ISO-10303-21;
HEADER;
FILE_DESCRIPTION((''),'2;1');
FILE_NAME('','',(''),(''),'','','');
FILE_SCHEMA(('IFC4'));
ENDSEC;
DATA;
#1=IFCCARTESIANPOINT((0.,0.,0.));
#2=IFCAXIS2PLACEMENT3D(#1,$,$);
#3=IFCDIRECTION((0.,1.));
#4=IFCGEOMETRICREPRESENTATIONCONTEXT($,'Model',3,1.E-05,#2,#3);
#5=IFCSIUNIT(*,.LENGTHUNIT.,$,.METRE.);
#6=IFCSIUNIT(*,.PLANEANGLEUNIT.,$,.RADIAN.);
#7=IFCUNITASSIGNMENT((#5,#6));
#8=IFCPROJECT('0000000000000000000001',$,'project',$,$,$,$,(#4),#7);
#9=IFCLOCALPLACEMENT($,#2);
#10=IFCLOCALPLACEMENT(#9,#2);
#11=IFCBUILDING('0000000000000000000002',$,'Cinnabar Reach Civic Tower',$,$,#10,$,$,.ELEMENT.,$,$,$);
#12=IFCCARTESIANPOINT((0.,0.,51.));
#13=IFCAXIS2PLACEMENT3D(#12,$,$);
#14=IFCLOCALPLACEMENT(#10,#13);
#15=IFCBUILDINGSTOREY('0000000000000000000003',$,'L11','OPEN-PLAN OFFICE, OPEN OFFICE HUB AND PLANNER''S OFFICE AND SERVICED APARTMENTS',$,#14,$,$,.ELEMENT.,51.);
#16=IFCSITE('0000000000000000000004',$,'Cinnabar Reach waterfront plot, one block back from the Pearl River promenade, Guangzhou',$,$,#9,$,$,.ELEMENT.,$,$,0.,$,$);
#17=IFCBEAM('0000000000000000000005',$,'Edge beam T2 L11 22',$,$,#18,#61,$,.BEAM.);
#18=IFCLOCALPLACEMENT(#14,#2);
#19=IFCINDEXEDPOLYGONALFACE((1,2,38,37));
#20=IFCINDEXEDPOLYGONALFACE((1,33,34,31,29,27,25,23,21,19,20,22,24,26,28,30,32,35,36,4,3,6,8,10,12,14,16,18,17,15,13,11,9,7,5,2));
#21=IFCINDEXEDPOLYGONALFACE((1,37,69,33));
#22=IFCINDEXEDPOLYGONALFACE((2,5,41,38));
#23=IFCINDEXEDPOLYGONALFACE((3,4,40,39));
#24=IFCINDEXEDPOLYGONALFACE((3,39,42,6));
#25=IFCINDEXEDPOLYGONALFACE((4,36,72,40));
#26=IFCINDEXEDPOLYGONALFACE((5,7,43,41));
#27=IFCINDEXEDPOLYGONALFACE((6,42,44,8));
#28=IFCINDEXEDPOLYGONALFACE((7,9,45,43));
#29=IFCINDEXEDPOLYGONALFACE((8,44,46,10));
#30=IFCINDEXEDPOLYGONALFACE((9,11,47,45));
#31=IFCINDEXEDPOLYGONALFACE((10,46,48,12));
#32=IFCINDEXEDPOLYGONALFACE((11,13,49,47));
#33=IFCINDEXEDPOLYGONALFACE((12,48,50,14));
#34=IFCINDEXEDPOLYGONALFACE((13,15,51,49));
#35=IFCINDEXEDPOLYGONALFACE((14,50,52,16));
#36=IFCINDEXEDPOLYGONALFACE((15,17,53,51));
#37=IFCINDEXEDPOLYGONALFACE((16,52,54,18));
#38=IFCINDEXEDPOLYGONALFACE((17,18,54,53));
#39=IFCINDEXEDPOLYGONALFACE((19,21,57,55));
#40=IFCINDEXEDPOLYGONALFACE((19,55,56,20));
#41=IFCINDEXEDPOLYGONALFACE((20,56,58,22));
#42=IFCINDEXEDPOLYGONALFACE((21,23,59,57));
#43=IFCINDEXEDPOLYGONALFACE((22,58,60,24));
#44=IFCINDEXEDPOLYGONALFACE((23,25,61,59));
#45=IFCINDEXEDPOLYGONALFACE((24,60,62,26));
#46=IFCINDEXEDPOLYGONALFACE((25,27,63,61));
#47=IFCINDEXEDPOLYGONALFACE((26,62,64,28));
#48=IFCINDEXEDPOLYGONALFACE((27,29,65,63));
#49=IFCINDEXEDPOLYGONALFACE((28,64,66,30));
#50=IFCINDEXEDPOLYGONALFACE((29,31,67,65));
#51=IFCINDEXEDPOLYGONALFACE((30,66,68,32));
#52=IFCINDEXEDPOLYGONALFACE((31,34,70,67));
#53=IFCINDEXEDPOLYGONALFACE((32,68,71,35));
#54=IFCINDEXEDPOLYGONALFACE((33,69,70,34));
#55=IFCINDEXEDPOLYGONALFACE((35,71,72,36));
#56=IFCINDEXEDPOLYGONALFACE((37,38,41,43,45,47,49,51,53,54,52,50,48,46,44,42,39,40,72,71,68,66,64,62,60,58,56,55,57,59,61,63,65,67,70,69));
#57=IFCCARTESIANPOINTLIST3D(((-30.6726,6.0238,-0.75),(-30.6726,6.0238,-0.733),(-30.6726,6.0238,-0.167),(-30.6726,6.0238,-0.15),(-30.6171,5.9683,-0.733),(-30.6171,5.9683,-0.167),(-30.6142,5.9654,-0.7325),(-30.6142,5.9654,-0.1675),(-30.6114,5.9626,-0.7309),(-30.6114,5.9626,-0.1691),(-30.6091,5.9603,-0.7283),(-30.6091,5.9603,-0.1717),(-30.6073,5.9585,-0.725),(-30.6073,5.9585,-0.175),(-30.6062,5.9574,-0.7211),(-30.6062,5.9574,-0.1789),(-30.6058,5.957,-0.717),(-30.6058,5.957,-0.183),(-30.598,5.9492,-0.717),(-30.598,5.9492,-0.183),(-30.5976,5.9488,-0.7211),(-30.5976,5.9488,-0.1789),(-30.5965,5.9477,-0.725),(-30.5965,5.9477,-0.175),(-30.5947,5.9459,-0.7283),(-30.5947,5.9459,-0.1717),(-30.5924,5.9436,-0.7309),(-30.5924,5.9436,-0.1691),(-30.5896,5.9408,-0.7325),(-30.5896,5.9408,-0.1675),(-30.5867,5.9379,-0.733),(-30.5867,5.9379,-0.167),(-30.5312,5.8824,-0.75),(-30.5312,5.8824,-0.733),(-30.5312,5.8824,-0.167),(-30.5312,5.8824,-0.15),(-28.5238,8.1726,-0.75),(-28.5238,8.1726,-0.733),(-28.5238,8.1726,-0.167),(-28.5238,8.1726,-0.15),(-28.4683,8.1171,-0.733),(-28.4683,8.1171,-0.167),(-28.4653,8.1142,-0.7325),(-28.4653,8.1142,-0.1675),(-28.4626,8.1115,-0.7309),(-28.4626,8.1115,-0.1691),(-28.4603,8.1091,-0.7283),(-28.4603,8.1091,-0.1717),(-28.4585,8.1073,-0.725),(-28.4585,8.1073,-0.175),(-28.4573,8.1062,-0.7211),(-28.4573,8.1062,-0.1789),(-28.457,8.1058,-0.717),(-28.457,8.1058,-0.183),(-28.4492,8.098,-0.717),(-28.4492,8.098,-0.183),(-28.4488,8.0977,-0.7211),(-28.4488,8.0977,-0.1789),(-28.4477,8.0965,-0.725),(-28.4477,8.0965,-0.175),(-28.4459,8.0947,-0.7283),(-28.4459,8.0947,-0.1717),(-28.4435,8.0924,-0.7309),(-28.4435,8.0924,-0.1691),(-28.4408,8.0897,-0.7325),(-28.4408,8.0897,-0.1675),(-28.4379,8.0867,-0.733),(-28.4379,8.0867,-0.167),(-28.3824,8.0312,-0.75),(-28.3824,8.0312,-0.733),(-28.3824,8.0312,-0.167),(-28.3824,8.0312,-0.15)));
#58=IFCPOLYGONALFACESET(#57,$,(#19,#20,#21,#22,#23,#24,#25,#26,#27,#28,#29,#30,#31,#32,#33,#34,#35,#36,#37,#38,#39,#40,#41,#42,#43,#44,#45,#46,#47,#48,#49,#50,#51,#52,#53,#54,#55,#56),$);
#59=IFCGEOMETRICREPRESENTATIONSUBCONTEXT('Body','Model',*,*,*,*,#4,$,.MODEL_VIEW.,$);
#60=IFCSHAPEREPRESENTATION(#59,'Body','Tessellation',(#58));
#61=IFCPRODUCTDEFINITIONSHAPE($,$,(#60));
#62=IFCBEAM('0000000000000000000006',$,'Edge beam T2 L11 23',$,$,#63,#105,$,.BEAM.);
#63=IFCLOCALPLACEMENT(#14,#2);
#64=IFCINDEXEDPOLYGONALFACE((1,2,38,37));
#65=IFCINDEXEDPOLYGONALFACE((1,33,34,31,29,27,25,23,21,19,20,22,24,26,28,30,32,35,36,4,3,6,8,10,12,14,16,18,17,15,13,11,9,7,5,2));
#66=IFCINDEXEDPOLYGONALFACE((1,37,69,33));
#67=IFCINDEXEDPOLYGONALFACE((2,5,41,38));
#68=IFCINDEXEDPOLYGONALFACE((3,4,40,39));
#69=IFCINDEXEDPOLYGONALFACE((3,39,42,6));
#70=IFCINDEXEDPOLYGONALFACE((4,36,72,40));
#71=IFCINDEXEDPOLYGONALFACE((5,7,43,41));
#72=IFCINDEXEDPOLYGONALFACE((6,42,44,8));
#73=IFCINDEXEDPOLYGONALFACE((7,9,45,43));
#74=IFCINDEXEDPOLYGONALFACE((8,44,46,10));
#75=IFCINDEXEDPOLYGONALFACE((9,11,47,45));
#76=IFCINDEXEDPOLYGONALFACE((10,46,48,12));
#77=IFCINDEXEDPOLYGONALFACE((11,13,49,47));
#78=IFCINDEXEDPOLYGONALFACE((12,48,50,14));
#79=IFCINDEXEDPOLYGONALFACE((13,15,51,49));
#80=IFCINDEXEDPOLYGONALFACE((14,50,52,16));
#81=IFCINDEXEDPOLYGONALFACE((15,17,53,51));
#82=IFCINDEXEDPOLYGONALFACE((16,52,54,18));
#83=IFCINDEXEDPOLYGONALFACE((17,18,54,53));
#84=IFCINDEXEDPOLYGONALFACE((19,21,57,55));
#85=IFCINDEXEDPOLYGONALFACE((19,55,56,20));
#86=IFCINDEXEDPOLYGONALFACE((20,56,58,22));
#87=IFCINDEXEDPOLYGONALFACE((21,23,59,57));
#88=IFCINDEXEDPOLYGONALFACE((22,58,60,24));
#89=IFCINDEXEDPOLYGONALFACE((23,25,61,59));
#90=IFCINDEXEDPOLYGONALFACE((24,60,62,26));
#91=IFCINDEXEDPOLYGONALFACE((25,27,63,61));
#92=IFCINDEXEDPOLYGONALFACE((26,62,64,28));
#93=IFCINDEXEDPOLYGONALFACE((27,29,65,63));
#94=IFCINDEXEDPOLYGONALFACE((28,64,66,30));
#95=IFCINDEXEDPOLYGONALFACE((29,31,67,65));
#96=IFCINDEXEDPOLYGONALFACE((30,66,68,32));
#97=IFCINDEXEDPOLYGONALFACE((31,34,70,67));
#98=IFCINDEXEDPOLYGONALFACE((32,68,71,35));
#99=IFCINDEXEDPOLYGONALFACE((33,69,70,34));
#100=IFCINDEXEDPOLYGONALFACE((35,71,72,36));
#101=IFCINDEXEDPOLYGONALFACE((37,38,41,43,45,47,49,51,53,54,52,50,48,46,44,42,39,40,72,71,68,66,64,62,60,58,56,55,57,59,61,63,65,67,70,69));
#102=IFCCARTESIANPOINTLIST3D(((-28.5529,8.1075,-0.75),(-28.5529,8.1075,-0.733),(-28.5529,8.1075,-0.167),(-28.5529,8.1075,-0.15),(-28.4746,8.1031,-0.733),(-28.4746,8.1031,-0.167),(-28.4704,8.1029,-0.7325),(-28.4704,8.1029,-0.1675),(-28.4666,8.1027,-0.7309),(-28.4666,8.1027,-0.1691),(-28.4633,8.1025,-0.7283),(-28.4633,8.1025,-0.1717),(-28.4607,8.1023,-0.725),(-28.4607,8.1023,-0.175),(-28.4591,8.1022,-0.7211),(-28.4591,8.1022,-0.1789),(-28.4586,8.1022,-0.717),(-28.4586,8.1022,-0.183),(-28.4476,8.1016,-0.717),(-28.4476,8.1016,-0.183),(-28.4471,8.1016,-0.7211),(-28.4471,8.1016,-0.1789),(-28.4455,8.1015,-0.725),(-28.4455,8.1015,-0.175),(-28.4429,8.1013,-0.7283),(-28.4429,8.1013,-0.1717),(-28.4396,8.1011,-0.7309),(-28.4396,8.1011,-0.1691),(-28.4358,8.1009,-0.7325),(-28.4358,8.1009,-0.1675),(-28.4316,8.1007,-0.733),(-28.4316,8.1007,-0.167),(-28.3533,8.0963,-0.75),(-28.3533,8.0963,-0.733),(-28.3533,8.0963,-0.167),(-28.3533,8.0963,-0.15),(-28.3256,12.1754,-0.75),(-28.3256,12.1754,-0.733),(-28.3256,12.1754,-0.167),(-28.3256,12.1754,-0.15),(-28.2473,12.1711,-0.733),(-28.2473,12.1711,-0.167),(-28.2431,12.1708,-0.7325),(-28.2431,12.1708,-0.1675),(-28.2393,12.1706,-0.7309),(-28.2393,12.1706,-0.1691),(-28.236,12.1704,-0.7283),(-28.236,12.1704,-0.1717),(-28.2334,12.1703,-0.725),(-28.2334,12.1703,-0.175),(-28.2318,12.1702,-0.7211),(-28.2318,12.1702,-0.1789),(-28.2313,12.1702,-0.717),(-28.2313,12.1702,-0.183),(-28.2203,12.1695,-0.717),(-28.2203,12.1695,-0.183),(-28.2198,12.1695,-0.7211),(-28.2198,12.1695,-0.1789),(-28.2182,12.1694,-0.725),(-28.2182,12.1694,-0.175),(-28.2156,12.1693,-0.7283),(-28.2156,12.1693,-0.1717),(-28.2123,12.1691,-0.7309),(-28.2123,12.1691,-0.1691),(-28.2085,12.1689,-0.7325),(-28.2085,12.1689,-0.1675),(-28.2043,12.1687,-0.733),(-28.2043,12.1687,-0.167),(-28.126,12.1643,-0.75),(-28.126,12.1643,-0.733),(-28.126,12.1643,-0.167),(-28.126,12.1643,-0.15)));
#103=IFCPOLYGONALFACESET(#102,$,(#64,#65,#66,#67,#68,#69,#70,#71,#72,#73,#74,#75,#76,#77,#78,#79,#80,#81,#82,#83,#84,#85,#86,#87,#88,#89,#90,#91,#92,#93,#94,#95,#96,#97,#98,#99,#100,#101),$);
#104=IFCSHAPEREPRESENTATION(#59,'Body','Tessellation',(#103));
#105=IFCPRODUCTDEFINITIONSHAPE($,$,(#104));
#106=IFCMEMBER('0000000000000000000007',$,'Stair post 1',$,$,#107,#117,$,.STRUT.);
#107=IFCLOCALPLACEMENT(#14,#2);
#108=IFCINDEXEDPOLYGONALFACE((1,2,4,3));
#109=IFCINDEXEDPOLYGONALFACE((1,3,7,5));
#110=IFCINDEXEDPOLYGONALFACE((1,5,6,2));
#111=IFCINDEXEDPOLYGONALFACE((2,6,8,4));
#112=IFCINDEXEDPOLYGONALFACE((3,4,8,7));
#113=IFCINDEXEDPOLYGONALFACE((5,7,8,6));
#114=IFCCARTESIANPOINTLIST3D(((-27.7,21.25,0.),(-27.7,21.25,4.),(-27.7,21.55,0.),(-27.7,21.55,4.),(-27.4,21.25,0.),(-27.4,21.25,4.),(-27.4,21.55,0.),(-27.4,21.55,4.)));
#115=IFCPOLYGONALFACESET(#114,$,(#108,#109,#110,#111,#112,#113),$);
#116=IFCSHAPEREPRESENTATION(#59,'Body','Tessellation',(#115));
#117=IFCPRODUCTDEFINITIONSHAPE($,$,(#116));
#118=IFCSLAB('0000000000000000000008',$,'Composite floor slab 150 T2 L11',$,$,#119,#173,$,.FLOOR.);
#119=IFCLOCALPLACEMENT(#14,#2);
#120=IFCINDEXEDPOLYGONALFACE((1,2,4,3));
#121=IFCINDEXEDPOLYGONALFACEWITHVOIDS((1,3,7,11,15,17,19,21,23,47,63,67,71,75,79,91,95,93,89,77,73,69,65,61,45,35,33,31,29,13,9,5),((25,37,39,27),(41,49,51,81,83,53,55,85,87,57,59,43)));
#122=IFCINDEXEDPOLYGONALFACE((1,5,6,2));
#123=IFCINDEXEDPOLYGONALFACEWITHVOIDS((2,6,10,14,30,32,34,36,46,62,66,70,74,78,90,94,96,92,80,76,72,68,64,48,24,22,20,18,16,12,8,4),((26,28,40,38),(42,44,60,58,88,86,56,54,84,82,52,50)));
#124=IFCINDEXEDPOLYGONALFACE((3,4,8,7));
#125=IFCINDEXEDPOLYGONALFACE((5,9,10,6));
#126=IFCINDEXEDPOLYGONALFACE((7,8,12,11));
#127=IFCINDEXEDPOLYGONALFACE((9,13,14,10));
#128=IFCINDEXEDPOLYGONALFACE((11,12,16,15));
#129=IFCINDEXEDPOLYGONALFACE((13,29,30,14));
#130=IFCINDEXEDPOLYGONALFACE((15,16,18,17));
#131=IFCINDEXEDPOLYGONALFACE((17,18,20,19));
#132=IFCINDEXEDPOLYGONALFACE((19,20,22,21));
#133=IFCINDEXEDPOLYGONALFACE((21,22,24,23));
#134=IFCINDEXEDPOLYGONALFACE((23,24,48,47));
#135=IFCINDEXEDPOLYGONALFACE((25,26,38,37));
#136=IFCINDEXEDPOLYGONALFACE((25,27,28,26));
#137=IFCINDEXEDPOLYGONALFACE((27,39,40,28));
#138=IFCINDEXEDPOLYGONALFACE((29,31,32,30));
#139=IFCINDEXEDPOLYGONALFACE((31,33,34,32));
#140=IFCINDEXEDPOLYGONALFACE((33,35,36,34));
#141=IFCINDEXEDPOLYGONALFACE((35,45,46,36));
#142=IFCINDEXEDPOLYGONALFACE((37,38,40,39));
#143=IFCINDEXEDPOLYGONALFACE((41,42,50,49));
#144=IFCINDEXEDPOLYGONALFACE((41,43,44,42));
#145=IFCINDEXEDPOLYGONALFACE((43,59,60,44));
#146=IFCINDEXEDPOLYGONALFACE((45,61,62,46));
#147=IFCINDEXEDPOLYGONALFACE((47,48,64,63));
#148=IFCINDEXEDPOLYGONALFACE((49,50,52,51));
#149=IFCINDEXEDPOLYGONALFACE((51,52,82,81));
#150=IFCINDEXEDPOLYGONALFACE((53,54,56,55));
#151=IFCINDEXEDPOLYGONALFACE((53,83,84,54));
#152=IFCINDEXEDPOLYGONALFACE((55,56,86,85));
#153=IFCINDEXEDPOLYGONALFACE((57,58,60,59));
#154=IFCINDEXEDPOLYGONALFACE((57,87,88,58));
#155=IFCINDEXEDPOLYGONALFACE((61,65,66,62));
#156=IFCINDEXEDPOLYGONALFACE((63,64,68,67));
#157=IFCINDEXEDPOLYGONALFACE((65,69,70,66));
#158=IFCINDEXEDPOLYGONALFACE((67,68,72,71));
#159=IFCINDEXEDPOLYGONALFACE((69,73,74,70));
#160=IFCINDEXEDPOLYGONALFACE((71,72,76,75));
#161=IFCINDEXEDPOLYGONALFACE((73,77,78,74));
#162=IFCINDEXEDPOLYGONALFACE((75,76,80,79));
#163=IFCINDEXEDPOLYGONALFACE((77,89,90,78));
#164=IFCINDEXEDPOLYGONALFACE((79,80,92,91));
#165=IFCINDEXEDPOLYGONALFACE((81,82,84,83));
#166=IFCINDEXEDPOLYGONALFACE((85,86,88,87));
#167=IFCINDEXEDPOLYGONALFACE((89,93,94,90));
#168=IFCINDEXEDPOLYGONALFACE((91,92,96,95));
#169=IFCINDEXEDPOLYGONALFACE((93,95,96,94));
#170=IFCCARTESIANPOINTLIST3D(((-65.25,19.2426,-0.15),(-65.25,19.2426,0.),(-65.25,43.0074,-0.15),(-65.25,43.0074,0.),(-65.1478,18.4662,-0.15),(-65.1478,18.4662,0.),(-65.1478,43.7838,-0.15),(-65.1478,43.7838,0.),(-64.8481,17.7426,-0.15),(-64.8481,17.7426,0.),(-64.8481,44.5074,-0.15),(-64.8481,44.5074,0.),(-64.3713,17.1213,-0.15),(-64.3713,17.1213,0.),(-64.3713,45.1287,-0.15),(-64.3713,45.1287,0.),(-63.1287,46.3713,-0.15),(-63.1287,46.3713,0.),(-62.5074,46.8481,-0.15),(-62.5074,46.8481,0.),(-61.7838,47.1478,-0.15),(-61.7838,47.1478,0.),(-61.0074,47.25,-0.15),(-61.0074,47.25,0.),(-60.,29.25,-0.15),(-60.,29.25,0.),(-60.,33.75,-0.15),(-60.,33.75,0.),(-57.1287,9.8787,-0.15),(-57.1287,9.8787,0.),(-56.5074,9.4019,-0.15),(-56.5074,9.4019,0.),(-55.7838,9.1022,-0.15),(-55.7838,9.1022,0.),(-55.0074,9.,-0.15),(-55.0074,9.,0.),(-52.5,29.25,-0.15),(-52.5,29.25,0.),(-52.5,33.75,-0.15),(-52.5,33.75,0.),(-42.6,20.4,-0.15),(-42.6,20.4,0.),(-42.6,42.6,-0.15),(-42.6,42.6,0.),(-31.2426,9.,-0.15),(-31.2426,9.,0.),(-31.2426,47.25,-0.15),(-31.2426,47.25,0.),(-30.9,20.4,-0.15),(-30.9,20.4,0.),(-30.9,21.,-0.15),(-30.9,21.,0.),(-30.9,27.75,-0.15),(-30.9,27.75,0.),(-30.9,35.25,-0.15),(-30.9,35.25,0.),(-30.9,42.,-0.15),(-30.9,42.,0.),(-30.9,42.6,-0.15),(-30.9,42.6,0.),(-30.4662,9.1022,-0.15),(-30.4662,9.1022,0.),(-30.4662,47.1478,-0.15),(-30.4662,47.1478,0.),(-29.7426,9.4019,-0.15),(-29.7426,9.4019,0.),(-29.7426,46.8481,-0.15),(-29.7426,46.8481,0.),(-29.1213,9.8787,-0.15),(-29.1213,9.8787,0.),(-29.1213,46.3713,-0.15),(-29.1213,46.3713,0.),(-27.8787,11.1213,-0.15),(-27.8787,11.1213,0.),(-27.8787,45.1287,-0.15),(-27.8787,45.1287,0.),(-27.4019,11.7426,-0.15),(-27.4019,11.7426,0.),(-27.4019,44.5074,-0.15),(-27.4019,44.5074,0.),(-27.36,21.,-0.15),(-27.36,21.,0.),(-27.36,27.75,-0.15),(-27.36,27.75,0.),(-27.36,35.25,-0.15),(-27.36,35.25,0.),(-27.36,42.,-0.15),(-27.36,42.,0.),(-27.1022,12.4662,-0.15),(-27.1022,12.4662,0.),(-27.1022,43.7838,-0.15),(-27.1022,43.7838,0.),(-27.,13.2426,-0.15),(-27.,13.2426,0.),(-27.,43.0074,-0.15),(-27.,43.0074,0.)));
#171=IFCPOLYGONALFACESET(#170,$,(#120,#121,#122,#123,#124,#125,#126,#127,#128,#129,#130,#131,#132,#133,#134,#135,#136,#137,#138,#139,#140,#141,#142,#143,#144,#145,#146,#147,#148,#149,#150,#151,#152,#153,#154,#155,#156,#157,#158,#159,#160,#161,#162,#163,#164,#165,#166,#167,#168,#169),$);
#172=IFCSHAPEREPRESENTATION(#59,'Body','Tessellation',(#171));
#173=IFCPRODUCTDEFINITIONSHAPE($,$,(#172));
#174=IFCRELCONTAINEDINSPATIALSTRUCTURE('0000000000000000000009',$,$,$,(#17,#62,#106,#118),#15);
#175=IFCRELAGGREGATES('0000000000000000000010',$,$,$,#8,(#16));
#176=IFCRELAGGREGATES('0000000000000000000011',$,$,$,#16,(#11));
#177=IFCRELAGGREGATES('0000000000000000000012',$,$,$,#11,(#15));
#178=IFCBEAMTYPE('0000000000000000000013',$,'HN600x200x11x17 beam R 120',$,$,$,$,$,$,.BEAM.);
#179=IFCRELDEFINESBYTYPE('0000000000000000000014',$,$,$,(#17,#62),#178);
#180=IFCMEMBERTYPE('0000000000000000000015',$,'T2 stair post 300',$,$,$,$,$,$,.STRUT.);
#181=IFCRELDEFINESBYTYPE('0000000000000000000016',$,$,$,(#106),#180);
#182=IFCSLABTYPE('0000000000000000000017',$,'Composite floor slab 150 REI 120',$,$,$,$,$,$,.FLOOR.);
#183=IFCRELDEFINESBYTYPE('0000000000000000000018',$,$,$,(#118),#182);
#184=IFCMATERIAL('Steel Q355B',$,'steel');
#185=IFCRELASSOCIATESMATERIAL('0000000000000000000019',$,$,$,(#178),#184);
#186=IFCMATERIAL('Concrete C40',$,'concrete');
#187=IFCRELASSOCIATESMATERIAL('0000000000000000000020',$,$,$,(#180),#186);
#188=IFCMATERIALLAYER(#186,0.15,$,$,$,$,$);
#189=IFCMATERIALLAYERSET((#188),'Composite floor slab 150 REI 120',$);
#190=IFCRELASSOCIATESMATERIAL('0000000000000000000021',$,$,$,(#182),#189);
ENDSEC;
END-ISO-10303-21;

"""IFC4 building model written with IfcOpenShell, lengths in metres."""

from ifc_helpers import new_model, si_unit, direction, frame, origin, origin_2d, place, context, subcontext, project, spatial, polyline, rectangle, i_section, outline, extrude, material, layer, layer_set, material_profile, profile_set, type_object, element, save


model = new_model("IFC4")

# Units and contexts
model_context = context("Model", 3, precision=1e-05, world=origin(), true_north=direction((0.0, 1.0)))
body_context = subcontext(model_context, "Body", "Model", "MODEL_VIEW")
ifc_project = project(units=[si_unit("LENGTHUNIT", "METRE"), si_unit("PLANEANGLEUNIT", "RADIAN")], contexts=[model_context])

# Site, building, storey
site_placement = place(None, origin())
site = spatial("IfcSite", under=ifc_project, at=site_placement, Name="Cinnabar Reach waterfront plot, one block back from the Pearl River promenade, Guangzhou", CompositionType="ELEMENT", RefElevation=0.0)
building_placement = place(site_placement, origin())
building = spatial("IfcBuilding", under=site, at=building_placement, Name="Cinnabar Reach Civic Tower", CompositionType="ELEMENT")
storey_placement = place(building_placement, frame((0.0, 0.0, 51.0)))
storey = spatial("IfcBuildingStorey", under=building, at=storey_placement, Name="L11", Description="OPEN-PLAN OFFICE, OPEN OFFICE HUB AND PLANNER'S OFFICE AND SERVICED APARTMENTS", CompositionType="ELEMENT", Elevation=51.0)

# Beams
ifc_material_1 = material(Name="Steel Q355B", Category="steel")
ifc_material_profile_1 = material_profile(ifc_material_1, i_section(OverallWidth=0.2, OverallDepth=0.6, WebThickness=0.011, FlangeThickness=0.017, FilletRadius=0.016, at=origin_2d()), Name="HN600x200x11x17")
ifc_profile_set_1 = profile_set([ifc_material_profile_1], Name="Steel Q355B")
beam_type = type_object("IfcBeamType", Name="HN600x200x11x17 beam R 120", PredefinedType="BEAM", material=ifc_profile_set_1)
beam_1_placement = place(storey_placement, frame((-30.6019, 5.9531, -0.45), z_axis=(0.707107, 0.707107, 0.0), x_axis=(-0.707107, 0.707107, 0.0)))
element("IfcBeam", 1, at=beam_1_placement, inside=storey, type_object=beam_type, Name="Edge beam T2 L11 22", PredefinedType="BEAM", context=body_context, shape_type="SweptSolid", body=[
    extrude(i_section(OverallWidth=0.2, OverallDepth=0.6, WebThickness=0.011, FlangeThickness=0.017, FilletRadius=0.016, at=origin_2d()), origin(), (0.0, 0.0, 1.0), 3.0389),
])
beam_2_placement = place(storey_placement, frame((-28.4531, 8.1019, -0.45), z_axis=(0.055788, 0.998443, 0.0), x_axis=(-0.998443, 0.055788, 0.0)))
element("IfcBeam", 2, at=beam_2_placement, inside=storey, type_object=beam_type, Name="Edge beam T2 L11 23", PredefinedType="BEAM", context=body_context, shape_type="SweptSolid", body=[
    extrude(i_section(OverallWidth=0.2, OverallDepth=0.6, WebThickness=0.011, FlangeThickness=0.017, FilletRadius=0.016, at=origin_2d()), origin(), (0.0, 0.0, 1.0), 4.0743),
])

# Member
ifc_material_2 = material(Name="Concrete C40", Category="concrete")
ifc_material_profile_2 = material_profile(ifc_material_2, rectangle(XDim=0.3, YDim=0.3, at=origin_2d()), Name="C300")
ifc_profile_set_2 = profile_set([ifc_material_profile_2], Name="Concrete C40")
member_type = type_object("IfcMemberType", Name="T2 stair post 300", PredefinedType="STRUT", material=ifc_profile_set_2)
member_placement = place(storey_placement, frame((-27.55, 21.4, 0.0), z_axis=(0.0, 0.0, 1.0), x_axis=(1.0, 0.0, 0.0)))
element("IfcMember", 3, at=member_placement, inside=storey, type_object=member_type, Name="Stair post 1", PredefinedType="STRUT", context=body_context, shape_type="SweptSolid", body=[
    extrude(rectangle(XDim=0.3, YDim=0.3, at=origin_2d()), origin(), (0.0, 0.0, 1.0), 4.0),
])

# Slab
ifc_layer_1 = layer(ifc_material_2, 0.15)
ifc_layer_set_1 = layer_set([ifc_layer_1], Name="Composite floor slab 150 REI 120")
slab_type_1 = type_object("IfcSlabType", Name="Composite floor slab 150 REI 120", PredefinedType="FLOOR", material=ifc_layer_set_1)
slab_1_placement = place(storey_placement, frame((0.0, 0.0, -0.15)))
element("IfcSlab", 4, at=slab_1_placement, inside=storey, type_object=slab_type_1, Name="Composite floor slab 150 T2 L11", PredefinedType="FLOOR", context=body_context, shape_type="SweptSolid", body=[
    extrude(outline(polyline([(-64.3713, 17.1213), (-64.8481, 17.7426), (-65.1478, 18.4662), (-65.25, 19.2426), (-65.25, 43.0074), (-65.1478, 43.7838), (-64.8481, 44.5074), (-64.3713, 45.1287), (-63.1287, 46.3713), (-62.5074, 46.8481), (-61.7838, 47.1478), (-61.0074, 47.25), (-31.2426, 47.25), (-30.4662, 47.1478), (-29.7426, 46.8481), (-29.1213, 46.3713), (-27.8787, 45.1287), (-27.4019, 44.5074), (-27.1022, 43.7838), (-27.0, 43.0074), (-27.0, 13.2426), (-27.1022, 12.4662), (-27.4019, 11.7426), (-27.8787, 11.1213), (-29.1213, 9.8787), (-29.7426, 9.4019), (-30.4662, 9.1022), (-31.2426, 9.0), (-55.0074, 9.0), (-55.7838, 9.1022), (-56.5074, 9.4019), (-57.1287, 9.8787), (-64.3713, 17.1213)]), holes=[polyline([(-30.9, 27.75), (-30.9, 35.25), (-27.36, 35.25), (-27.36, 42.0), (-30.9, 42.0), (-30.9, 42.6), (-42.6, 42.6), (-42.6, 20.4), (-30.9, 20.4), (-30.9, 21.0), (-27.36, 21.0), (-27.36, 27.75), (-30.9, 27.75)]), polyline([(-60.0, 33.75), (-60.0, 29.25), (-52.5, 29.25), (-52.5, 33.75), (-60.0, 33.75)])]), origin(), (0.0, 0.0, 1.0), 0.15),
])

save(model, "model.ifc")
